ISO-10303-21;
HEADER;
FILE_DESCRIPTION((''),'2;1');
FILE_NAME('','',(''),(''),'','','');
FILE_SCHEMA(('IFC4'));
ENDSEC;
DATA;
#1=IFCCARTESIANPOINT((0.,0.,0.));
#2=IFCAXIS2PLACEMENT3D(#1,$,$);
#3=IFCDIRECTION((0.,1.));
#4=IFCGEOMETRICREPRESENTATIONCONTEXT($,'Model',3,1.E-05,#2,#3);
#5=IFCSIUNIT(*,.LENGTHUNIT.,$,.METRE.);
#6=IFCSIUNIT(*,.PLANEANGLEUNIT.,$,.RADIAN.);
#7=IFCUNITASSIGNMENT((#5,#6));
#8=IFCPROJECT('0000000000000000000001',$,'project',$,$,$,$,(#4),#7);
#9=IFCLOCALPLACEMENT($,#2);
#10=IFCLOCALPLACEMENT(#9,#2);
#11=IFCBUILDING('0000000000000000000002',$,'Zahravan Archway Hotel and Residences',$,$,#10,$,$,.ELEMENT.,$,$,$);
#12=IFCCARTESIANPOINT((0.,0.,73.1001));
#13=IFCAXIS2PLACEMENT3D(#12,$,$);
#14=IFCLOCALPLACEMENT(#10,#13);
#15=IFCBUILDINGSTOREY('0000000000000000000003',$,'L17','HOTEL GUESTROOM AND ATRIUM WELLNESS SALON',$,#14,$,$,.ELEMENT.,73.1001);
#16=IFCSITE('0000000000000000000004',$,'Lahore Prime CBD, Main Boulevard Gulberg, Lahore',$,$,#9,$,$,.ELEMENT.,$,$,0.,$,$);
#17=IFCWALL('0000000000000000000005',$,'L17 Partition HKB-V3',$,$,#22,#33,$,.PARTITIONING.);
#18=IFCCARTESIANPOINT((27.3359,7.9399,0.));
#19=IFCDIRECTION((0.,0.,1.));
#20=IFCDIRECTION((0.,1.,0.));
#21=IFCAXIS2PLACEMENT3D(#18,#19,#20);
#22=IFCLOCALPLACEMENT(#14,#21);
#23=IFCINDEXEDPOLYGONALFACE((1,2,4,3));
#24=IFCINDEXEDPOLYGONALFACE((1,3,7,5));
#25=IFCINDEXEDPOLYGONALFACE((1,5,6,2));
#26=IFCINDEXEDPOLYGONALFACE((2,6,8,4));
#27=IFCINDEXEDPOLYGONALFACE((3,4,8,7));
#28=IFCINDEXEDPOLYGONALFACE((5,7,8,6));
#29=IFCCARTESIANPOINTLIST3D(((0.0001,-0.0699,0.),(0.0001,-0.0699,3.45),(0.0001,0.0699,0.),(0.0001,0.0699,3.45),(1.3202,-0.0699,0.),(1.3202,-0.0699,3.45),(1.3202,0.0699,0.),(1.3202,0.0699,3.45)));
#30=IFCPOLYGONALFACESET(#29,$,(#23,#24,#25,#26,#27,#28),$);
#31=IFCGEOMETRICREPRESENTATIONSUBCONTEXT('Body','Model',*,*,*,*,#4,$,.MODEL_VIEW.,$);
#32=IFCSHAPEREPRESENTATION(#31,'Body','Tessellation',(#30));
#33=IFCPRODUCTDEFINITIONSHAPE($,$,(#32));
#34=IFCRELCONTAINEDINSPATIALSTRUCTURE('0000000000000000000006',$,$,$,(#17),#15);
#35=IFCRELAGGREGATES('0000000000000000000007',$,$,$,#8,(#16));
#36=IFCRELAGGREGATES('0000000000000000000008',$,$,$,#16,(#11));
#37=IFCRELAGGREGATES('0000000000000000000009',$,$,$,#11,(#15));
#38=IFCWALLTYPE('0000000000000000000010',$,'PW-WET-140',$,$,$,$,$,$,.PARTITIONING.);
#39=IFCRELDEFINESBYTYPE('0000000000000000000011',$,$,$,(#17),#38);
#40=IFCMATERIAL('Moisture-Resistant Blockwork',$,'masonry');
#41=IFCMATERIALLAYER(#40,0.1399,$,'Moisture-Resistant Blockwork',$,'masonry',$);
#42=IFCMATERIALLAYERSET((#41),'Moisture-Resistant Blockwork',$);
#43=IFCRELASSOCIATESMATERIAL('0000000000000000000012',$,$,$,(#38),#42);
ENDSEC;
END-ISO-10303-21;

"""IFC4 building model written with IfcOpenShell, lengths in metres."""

from ifc_helpers import new_model, si_unit, direction, frame, frame_2d, origin, place, context, subcontext, project, spatial, rectangle, extrude, material, layer, layer_set, type_object, element, save


model = new_model("IFC4")

# Units and contexts
model_context = context("Model", 3, precision=1e-05, world=origin(), true_north=direction((0.0, 1.0)))
body_context = subcontext(model_context, "Body", "Model", "MODEL_VIEW")
ifc_project = project(units=[si_unit("LENGTHUNIT", "METRE"), si_unit("PLANEANGLEUNIT", "RADIAN")], contexts=[model_context])

# Site, building, storey
site_placement = place(None, origin())
site = spatial("IfcSite", under=ifc_project, at=site_placement, Name="Lahore Prime CBD, Main Boulevard Gulberg, Lahore", CompositionType="ELEMENT", RefElevation=0.0)
building_placement = place(site_placement, origin())
building = spatial("IfcBuilding", under=site, at=building_placement, Name="Zahravan Archway Hotel and Residences", CompositionType="ELEMENT")
storey_placement = place(building_placement, frame((0.0, 0.0, 73.1001)))
storey = spatial("IfcBuildingStorey", under=building, at=storey_placement, Name="L17", Description="HOTEL GUESTROOM AND ATRIUM WELLNESS SALON", CompositionType="ELEMENT", Elevation=73.1001)

# Wall
ifc_material_1 = material(Name="Moisture-Resistant Blockwork", Category="masonry")
ifc_layer_1 = layer(ifc_material_1, 0.1399, Name="Moisture-Resistant Blockwork", Category="masonry")
ifc_layer_set_1 = layer_set([ifc_layer_1], Name="Moisture-Resistant Blockwork")
wall_type_1 = type_object("IfcWallType", Name="PW-WET-140", PredefinedType="PARTITIONING", material=ifc_layer_set_1)
wall_1_placement = place(storey_placement, frame((27.3359, 7.9399, 0.0), z_axis=(0.0, 0.0, 1.0), x_axis=(0.0, 1.0, 0.0)))
element("IfcWall", 1, at=wall_1_placement, inside=storey, type_object=wall_type_1, Name="L17 Partition HKB-V3", PredefinedType="PARTITIONING", context=body_context, shape_type="SweptSolid", body=[
    extrude(rectangle(XDim=1.3201, YDim=0.1399, at=frame_2d((0.6602, 0.0))), origin(), (0.0, 0.0, 1.0), 3.45),
])

save(model, "model.ifc")
